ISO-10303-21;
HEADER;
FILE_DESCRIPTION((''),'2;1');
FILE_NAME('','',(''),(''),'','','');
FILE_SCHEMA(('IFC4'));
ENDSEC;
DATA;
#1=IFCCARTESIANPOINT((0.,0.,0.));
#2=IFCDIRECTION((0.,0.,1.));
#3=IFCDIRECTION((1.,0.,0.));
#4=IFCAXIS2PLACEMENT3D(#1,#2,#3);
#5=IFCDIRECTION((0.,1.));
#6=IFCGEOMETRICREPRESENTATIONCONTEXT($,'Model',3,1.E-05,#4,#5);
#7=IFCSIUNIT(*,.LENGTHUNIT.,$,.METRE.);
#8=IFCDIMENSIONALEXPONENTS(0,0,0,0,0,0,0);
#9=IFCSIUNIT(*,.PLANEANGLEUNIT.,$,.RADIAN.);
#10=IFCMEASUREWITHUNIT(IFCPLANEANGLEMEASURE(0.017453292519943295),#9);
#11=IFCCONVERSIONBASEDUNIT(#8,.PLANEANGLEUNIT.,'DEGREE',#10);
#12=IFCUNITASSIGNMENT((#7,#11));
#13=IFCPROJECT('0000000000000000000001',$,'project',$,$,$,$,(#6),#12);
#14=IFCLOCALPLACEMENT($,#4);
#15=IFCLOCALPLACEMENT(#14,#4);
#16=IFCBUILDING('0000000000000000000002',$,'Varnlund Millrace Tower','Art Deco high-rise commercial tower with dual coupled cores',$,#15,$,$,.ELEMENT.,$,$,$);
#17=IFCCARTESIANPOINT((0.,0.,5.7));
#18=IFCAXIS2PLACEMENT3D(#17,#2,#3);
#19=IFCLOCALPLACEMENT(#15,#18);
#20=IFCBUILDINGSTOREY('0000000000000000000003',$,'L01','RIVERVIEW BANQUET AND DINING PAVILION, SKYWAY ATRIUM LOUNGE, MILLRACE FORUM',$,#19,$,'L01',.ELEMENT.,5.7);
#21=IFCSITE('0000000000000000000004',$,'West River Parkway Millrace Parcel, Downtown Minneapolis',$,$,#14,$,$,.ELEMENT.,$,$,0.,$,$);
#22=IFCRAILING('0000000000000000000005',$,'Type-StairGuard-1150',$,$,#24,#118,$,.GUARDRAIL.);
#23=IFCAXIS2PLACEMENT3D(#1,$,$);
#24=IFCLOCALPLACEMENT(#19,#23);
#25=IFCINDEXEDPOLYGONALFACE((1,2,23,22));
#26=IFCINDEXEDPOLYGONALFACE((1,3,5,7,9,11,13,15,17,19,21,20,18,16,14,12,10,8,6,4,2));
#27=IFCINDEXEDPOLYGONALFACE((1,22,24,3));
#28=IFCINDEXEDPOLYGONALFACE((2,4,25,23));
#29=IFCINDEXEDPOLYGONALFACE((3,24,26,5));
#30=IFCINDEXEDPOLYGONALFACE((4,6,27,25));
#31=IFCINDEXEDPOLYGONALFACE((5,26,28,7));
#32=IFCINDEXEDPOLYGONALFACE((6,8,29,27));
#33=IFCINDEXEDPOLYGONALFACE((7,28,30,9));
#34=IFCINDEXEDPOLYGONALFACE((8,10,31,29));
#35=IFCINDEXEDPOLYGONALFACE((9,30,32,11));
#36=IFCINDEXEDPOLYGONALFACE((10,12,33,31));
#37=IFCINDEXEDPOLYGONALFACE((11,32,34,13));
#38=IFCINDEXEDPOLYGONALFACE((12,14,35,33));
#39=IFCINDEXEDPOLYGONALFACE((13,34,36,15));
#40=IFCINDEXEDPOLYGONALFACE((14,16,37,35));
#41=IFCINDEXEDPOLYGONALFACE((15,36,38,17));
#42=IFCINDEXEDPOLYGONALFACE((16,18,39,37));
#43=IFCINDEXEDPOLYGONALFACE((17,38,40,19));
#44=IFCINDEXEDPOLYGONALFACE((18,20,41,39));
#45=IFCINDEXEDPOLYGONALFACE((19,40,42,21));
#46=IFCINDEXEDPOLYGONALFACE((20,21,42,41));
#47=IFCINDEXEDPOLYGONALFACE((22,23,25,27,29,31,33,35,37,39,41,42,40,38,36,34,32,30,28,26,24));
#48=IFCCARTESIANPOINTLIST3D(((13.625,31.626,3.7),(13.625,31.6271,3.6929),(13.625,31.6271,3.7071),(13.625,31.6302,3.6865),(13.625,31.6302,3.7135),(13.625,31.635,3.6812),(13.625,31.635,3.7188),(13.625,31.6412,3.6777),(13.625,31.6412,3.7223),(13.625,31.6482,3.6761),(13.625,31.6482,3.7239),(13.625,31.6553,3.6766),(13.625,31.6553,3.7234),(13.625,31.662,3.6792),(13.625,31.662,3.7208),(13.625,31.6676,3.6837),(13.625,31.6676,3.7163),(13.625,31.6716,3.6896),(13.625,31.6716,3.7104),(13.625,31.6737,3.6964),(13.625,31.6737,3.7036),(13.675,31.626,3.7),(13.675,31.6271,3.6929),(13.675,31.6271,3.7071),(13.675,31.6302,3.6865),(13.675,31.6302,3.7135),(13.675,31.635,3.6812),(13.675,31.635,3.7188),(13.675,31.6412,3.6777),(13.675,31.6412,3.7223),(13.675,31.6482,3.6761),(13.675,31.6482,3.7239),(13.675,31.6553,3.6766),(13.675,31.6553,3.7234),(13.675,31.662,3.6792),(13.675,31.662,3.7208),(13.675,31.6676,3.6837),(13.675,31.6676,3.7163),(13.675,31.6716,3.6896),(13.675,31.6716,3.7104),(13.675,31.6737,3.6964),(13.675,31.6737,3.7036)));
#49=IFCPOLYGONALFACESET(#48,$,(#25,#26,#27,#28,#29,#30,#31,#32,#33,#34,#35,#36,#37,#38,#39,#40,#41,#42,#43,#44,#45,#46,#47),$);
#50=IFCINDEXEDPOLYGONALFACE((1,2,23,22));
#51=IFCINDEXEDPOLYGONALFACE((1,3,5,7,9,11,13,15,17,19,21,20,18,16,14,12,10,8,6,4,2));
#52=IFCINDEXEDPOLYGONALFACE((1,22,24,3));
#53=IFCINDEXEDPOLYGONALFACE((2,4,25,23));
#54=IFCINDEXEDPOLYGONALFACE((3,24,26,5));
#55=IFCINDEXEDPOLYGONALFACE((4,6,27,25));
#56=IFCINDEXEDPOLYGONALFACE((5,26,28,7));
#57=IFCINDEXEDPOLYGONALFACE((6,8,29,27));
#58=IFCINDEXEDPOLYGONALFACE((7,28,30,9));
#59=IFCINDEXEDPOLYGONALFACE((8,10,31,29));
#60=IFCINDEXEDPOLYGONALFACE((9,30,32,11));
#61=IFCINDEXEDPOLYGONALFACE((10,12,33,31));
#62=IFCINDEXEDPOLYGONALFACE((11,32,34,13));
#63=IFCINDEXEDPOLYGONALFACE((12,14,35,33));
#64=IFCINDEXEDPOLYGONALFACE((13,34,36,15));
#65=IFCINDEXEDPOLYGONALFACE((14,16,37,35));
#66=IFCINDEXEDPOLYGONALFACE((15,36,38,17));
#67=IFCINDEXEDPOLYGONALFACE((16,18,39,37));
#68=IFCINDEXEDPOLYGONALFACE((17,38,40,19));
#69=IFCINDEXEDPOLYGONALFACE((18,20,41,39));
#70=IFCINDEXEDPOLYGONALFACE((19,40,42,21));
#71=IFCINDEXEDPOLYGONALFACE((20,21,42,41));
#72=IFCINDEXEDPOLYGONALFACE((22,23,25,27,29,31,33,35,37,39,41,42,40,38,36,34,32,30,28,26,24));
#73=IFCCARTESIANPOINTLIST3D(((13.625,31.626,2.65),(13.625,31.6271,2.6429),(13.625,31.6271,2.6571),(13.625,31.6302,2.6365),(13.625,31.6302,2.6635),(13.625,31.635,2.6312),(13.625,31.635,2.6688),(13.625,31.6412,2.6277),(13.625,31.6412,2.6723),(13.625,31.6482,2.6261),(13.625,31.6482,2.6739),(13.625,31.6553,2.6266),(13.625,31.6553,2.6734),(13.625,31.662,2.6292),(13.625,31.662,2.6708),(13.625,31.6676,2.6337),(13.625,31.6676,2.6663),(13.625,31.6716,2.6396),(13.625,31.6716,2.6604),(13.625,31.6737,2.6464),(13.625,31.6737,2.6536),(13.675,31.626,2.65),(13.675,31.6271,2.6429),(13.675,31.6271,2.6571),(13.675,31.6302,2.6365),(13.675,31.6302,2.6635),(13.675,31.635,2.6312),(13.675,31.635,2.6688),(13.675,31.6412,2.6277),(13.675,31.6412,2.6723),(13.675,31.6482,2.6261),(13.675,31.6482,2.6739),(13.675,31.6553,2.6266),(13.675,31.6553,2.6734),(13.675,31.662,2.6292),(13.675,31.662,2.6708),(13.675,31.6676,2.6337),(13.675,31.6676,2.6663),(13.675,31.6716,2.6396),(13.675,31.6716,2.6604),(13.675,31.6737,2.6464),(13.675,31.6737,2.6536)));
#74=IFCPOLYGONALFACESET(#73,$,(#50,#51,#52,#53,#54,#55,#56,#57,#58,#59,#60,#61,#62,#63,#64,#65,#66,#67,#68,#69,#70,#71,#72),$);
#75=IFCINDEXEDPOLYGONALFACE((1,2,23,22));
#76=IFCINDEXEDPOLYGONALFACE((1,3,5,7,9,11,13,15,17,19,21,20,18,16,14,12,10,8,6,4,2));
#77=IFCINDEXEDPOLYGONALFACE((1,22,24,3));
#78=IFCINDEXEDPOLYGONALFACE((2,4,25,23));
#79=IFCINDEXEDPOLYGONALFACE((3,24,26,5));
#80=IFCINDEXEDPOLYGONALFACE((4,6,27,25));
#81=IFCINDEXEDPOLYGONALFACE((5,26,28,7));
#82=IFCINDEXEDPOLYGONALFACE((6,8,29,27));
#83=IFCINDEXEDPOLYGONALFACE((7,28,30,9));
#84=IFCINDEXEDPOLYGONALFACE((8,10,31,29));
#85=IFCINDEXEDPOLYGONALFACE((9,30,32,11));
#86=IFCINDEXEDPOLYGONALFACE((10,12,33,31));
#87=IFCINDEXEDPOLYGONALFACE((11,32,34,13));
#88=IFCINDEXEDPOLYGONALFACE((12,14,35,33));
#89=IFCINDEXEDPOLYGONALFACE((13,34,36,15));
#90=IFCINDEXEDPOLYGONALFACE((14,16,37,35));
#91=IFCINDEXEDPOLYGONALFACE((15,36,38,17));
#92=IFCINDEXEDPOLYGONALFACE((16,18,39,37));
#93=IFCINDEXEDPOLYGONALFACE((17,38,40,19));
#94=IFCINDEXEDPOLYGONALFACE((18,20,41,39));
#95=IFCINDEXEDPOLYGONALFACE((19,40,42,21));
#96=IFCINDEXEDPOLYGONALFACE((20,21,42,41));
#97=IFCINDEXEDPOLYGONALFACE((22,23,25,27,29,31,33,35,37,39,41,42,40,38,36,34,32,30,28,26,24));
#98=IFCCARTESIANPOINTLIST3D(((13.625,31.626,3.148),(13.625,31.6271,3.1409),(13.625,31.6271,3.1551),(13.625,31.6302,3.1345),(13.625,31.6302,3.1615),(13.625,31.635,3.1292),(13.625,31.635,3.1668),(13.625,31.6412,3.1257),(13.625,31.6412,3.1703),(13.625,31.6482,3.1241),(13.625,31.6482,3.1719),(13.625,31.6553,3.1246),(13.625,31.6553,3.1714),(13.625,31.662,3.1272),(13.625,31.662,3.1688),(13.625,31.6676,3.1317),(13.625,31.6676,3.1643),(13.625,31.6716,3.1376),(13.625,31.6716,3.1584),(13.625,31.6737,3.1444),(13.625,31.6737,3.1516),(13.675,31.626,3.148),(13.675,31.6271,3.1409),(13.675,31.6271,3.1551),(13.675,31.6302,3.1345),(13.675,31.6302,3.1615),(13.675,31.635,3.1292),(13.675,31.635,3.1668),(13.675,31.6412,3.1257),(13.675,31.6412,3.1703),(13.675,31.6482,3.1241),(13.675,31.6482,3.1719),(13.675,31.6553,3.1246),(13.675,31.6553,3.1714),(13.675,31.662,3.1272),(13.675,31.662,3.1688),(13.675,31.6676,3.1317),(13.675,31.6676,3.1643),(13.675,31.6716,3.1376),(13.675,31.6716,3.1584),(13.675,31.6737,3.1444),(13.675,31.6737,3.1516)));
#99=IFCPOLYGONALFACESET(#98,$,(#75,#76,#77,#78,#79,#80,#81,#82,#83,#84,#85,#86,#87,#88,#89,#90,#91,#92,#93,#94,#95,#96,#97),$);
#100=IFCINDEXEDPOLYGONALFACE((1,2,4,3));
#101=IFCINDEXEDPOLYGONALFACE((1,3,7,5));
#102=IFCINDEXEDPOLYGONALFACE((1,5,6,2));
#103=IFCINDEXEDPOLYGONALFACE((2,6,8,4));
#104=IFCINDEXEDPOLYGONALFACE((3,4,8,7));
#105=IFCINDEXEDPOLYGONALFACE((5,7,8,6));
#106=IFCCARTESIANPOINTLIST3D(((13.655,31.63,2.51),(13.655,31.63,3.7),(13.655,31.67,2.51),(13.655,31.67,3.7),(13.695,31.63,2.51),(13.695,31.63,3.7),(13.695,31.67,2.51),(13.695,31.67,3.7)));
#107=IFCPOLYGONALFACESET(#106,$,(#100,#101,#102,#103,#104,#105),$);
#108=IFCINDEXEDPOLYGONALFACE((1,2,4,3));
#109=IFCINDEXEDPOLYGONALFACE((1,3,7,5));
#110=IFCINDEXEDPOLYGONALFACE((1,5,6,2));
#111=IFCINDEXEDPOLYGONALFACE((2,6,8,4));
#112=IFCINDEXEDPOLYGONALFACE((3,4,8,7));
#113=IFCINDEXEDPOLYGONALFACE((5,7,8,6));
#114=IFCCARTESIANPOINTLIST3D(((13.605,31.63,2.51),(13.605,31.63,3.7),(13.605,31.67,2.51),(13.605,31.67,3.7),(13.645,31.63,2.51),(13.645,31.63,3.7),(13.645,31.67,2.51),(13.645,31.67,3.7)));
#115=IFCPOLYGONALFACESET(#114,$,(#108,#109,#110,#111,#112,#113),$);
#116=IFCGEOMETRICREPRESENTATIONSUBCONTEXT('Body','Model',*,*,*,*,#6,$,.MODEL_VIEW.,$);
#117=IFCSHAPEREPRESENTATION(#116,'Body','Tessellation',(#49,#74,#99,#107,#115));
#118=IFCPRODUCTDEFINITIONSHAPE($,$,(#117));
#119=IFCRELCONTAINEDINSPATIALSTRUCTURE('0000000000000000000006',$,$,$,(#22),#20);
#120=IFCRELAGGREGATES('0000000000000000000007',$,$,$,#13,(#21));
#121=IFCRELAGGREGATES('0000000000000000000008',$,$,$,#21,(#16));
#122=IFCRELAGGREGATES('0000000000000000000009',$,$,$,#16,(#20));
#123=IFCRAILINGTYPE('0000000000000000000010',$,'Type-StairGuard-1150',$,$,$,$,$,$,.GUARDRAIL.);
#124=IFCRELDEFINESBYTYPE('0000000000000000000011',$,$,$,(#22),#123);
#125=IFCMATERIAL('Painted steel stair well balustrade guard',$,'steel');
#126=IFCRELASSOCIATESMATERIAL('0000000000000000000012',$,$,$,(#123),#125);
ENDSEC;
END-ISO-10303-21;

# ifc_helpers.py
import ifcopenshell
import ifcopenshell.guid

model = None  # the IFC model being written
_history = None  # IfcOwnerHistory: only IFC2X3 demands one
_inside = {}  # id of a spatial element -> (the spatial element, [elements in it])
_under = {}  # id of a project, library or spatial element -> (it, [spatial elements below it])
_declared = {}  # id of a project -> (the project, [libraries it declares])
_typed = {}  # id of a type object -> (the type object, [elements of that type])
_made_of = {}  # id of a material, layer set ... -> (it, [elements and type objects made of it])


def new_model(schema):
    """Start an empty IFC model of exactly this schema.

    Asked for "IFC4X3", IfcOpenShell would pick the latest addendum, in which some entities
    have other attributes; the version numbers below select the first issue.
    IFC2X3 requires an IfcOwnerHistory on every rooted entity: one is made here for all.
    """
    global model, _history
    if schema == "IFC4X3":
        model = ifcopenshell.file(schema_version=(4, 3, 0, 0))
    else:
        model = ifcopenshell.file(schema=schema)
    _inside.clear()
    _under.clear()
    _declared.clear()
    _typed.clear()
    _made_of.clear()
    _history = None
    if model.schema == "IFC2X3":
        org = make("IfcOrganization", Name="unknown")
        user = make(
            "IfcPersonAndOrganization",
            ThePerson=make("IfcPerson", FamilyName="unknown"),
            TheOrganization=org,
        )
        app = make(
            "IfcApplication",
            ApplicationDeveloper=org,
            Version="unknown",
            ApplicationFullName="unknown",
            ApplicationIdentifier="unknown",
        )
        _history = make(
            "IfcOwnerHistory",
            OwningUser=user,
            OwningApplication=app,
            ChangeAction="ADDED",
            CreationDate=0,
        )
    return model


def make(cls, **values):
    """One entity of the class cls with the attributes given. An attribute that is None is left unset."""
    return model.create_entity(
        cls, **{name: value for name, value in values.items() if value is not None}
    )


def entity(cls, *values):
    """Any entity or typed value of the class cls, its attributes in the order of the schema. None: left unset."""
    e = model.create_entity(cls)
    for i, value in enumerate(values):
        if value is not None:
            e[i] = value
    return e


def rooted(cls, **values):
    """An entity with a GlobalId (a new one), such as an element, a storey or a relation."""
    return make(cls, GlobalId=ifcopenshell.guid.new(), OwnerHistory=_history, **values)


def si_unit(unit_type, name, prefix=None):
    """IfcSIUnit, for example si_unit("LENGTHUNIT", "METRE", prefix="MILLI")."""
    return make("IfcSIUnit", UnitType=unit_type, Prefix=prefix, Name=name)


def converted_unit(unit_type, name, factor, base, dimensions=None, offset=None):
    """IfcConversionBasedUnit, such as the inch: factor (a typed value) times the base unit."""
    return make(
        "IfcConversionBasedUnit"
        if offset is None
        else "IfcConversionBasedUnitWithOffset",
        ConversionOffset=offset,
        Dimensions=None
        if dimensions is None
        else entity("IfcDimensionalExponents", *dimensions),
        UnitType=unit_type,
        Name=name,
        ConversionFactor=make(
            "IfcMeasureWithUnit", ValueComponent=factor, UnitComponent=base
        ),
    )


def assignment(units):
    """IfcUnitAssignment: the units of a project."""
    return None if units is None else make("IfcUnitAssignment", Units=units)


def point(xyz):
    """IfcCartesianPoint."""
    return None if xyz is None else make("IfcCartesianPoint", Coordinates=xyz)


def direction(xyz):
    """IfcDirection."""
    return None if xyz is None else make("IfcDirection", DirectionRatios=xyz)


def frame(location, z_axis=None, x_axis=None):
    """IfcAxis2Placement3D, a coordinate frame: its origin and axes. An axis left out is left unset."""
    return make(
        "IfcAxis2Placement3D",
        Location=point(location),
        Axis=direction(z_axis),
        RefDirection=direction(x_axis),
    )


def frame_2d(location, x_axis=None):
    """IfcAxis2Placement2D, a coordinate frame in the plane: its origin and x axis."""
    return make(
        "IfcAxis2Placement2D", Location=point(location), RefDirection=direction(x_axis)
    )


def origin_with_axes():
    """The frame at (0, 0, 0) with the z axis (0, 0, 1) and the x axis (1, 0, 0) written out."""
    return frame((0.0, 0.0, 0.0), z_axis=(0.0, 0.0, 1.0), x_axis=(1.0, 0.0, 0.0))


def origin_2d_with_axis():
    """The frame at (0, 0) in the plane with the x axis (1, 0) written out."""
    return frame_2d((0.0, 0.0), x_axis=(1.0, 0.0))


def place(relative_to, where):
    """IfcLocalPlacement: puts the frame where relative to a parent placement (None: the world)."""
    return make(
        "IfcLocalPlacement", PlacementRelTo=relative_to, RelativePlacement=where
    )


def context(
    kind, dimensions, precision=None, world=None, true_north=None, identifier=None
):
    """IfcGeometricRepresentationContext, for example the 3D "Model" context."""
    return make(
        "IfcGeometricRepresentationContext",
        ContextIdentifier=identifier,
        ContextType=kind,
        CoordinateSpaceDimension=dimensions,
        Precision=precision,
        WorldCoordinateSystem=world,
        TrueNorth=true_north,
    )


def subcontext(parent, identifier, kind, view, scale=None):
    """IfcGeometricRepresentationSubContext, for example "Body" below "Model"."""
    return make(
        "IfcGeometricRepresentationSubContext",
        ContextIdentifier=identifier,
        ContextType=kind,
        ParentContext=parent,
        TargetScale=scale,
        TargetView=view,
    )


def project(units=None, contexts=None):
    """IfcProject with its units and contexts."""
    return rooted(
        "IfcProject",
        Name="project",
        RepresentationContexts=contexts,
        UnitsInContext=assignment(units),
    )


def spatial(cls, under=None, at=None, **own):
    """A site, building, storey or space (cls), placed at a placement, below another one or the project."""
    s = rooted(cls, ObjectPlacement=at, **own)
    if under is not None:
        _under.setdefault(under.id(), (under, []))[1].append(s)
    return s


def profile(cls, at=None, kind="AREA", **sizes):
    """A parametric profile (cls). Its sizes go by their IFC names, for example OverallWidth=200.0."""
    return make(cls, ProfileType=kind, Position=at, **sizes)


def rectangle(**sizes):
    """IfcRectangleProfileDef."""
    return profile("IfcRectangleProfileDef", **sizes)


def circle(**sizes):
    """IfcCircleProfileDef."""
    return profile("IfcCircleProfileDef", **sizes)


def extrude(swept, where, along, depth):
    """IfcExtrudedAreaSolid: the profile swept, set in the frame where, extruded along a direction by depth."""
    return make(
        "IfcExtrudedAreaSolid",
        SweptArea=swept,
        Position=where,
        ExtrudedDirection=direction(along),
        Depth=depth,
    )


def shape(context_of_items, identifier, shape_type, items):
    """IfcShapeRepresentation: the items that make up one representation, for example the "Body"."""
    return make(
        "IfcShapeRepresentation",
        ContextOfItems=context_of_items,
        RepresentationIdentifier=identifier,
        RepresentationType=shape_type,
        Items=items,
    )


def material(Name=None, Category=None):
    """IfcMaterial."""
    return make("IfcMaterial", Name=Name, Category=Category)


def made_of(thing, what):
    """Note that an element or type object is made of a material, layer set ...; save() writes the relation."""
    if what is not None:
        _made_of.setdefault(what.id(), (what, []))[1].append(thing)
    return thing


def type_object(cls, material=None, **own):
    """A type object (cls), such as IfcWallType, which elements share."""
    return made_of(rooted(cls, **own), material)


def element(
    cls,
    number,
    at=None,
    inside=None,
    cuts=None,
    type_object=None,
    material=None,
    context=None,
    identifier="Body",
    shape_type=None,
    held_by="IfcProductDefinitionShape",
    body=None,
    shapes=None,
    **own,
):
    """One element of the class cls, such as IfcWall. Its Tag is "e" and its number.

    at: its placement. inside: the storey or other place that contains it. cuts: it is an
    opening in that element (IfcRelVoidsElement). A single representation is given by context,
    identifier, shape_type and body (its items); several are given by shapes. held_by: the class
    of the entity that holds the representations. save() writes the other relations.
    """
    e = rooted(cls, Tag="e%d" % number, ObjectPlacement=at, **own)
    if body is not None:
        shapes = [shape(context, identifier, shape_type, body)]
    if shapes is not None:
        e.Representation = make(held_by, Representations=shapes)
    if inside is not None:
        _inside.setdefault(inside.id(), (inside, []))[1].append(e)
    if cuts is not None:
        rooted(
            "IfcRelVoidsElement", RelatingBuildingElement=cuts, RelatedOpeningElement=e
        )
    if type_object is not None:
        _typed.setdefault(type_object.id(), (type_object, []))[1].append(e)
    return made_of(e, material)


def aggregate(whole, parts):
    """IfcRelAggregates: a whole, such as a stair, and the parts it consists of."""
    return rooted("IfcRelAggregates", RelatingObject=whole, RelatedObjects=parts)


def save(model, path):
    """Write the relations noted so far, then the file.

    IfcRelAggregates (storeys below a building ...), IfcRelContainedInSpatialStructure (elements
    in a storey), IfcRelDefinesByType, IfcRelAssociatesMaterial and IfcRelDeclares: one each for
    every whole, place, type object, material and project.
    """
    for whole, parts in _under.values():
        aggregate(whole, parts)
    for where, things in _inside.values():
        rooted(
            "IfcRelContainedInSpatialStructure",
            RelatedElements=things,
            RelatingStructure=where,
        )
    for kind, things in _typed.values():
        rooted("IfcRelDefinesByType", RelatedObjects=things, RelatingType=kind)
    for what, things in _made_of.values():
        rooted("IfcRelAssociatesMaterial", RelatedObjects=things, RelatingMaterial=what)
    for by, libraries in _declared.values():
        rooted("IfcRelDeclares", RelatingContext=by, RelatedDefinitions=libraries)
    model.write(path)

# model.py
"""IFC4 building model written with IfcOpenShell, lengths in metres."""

from ifc_helpers import new_model, entity, si_unit, converted_unit, direction, frame, origin_with_axes, origin_2d_with_axis, place, context, subcontext, project, spatial, rectangle, circle, extrude, material, type_object, element, save


model = new_model("IFC4")

# Units and contexts
model_context = context("Model", 3, precision=1e-05, world=origin_with_axes(), true_north=direction((0.0, 1.0)))
body_context = subcontext(model_context, "Body", "Model", "MODEL_VIEW")
ifc_project = project(units=[si_unit("LENGTHUNIT", "METRE"), converted_unit("PLANEANGLEUNIT", "DEGREE", entity("IfcPlaneAngleMeasure", 0.017453292519943295), si_unit("PLANEANGLEUNIT", "RADIAN"), dimensions=[0, 0, 0, 0, 0, 0, 0])], contexts=[model_context])

# Site, building, storey
site_placement = place(None, origin_with_axes())
site = spatial("IfcSite", under=ifc_project, at=site_placement, Name="West River Parkway Millrace Parcel, Downtown Minneapolis", CompositionType="ELEMENT", RefElevation=0.0)
building_placement = place(site_placement, origin_with_axes())
building = spatial("IfcBuilding", under=site, at=building_placement, Name="Varnlund Millrace Tower", Description="Art Deco high-rise commercial tower with dual coupled cores", CompositionType="ELEMENT")
storey_placement = place(building_placement, frame((0.0, 0.0, 5.7), z_axis=(0.0, 0.0, 1.0), x_axis=(1.0, 0.0, 0.0)))
storey = spatial("IfcBuildingStorey", under=building, at=storey_placement, Name="L01", Description="RIVERVIEW BANQUET AND DINING PAVILION, SKYWAY ATRIUM LOUNGE, MILLRACE FORUM", LongName="L01", CompositionType="ELEMENT", Elevation=5.7)

# Railing
ifc_material_1 = material(Name="Painted steel stair well balustrade guard", Category="steel")
railing_type_1 = type_object("IfcRailingType", Name="Type-StairGuard-1150", PredefinedType="GUARDRAIL", material=ifc_material_1)
railing_1_placement = place(storey_placement, frame((0.0, 0.0, -5.7), z_axis=(0.0, 0.0, 1.0), x_axis=(1.0, 0.0, 0.0)))
element("IfcRailing", 1, at=railing_1_placement, inside=storey, type_object=railing_type_1, Name="Type-StairGuard-1150", PredefinedType="GUARDRAIL", context=body_context, shape_type="SweptSolid", body=[
    extrude(circle(Radius=0.024, at=origin_2d_with_axis()), frame((13.675, 31.65, 9.4), z_axis=(-1.0, 0.0, 0.0), x_axis=(0.0, -1.0, 0.0)), (0.0, 0.0, 1.0), 0.05),
    extrude(circle(Radius=0.024, at=origin_2d_with_axis()), frame((13.675, 31.65, 8.35), z_axis=(-1.0, 0.0, 0.0), x_axis=(0.0, -1.0, 0.0)), (0.0, 0.0, 1.0), 0.05),
    extrude(circle(Radius=0.024, at=origin_2d_with_axis()), frame((13.675, 31.65, 8.848), z_axis=(-1.0, 0.0, 0.0), x_axis=(0.0, -1.0, 0.0)), (0.0, 0.0, 1.0), 0.05),
    extrude(rectangle(XDim=0.04, YDim=0.04, at=origin_2d_with_axis()), frame((13.675, 31.65, 8.21), z_axis=(0.0, 0.0, 1.0), x_axis=(1.0, 0.0, 0.0)), (0.0, 0.0, 1.0), 1.19),
    extrude(rectangle(XDim=0.04, YDim=0.04, at=origin_2d_with_axis()), frame((13.625, 31.65, 8.21), z_axis=(0.0, 0.0, 1.0), x_axis=(1.0, 0.0, 0.0)), (0.0, 0.0, 1.0), 1.19),
])

save(model, "model.ifc")
